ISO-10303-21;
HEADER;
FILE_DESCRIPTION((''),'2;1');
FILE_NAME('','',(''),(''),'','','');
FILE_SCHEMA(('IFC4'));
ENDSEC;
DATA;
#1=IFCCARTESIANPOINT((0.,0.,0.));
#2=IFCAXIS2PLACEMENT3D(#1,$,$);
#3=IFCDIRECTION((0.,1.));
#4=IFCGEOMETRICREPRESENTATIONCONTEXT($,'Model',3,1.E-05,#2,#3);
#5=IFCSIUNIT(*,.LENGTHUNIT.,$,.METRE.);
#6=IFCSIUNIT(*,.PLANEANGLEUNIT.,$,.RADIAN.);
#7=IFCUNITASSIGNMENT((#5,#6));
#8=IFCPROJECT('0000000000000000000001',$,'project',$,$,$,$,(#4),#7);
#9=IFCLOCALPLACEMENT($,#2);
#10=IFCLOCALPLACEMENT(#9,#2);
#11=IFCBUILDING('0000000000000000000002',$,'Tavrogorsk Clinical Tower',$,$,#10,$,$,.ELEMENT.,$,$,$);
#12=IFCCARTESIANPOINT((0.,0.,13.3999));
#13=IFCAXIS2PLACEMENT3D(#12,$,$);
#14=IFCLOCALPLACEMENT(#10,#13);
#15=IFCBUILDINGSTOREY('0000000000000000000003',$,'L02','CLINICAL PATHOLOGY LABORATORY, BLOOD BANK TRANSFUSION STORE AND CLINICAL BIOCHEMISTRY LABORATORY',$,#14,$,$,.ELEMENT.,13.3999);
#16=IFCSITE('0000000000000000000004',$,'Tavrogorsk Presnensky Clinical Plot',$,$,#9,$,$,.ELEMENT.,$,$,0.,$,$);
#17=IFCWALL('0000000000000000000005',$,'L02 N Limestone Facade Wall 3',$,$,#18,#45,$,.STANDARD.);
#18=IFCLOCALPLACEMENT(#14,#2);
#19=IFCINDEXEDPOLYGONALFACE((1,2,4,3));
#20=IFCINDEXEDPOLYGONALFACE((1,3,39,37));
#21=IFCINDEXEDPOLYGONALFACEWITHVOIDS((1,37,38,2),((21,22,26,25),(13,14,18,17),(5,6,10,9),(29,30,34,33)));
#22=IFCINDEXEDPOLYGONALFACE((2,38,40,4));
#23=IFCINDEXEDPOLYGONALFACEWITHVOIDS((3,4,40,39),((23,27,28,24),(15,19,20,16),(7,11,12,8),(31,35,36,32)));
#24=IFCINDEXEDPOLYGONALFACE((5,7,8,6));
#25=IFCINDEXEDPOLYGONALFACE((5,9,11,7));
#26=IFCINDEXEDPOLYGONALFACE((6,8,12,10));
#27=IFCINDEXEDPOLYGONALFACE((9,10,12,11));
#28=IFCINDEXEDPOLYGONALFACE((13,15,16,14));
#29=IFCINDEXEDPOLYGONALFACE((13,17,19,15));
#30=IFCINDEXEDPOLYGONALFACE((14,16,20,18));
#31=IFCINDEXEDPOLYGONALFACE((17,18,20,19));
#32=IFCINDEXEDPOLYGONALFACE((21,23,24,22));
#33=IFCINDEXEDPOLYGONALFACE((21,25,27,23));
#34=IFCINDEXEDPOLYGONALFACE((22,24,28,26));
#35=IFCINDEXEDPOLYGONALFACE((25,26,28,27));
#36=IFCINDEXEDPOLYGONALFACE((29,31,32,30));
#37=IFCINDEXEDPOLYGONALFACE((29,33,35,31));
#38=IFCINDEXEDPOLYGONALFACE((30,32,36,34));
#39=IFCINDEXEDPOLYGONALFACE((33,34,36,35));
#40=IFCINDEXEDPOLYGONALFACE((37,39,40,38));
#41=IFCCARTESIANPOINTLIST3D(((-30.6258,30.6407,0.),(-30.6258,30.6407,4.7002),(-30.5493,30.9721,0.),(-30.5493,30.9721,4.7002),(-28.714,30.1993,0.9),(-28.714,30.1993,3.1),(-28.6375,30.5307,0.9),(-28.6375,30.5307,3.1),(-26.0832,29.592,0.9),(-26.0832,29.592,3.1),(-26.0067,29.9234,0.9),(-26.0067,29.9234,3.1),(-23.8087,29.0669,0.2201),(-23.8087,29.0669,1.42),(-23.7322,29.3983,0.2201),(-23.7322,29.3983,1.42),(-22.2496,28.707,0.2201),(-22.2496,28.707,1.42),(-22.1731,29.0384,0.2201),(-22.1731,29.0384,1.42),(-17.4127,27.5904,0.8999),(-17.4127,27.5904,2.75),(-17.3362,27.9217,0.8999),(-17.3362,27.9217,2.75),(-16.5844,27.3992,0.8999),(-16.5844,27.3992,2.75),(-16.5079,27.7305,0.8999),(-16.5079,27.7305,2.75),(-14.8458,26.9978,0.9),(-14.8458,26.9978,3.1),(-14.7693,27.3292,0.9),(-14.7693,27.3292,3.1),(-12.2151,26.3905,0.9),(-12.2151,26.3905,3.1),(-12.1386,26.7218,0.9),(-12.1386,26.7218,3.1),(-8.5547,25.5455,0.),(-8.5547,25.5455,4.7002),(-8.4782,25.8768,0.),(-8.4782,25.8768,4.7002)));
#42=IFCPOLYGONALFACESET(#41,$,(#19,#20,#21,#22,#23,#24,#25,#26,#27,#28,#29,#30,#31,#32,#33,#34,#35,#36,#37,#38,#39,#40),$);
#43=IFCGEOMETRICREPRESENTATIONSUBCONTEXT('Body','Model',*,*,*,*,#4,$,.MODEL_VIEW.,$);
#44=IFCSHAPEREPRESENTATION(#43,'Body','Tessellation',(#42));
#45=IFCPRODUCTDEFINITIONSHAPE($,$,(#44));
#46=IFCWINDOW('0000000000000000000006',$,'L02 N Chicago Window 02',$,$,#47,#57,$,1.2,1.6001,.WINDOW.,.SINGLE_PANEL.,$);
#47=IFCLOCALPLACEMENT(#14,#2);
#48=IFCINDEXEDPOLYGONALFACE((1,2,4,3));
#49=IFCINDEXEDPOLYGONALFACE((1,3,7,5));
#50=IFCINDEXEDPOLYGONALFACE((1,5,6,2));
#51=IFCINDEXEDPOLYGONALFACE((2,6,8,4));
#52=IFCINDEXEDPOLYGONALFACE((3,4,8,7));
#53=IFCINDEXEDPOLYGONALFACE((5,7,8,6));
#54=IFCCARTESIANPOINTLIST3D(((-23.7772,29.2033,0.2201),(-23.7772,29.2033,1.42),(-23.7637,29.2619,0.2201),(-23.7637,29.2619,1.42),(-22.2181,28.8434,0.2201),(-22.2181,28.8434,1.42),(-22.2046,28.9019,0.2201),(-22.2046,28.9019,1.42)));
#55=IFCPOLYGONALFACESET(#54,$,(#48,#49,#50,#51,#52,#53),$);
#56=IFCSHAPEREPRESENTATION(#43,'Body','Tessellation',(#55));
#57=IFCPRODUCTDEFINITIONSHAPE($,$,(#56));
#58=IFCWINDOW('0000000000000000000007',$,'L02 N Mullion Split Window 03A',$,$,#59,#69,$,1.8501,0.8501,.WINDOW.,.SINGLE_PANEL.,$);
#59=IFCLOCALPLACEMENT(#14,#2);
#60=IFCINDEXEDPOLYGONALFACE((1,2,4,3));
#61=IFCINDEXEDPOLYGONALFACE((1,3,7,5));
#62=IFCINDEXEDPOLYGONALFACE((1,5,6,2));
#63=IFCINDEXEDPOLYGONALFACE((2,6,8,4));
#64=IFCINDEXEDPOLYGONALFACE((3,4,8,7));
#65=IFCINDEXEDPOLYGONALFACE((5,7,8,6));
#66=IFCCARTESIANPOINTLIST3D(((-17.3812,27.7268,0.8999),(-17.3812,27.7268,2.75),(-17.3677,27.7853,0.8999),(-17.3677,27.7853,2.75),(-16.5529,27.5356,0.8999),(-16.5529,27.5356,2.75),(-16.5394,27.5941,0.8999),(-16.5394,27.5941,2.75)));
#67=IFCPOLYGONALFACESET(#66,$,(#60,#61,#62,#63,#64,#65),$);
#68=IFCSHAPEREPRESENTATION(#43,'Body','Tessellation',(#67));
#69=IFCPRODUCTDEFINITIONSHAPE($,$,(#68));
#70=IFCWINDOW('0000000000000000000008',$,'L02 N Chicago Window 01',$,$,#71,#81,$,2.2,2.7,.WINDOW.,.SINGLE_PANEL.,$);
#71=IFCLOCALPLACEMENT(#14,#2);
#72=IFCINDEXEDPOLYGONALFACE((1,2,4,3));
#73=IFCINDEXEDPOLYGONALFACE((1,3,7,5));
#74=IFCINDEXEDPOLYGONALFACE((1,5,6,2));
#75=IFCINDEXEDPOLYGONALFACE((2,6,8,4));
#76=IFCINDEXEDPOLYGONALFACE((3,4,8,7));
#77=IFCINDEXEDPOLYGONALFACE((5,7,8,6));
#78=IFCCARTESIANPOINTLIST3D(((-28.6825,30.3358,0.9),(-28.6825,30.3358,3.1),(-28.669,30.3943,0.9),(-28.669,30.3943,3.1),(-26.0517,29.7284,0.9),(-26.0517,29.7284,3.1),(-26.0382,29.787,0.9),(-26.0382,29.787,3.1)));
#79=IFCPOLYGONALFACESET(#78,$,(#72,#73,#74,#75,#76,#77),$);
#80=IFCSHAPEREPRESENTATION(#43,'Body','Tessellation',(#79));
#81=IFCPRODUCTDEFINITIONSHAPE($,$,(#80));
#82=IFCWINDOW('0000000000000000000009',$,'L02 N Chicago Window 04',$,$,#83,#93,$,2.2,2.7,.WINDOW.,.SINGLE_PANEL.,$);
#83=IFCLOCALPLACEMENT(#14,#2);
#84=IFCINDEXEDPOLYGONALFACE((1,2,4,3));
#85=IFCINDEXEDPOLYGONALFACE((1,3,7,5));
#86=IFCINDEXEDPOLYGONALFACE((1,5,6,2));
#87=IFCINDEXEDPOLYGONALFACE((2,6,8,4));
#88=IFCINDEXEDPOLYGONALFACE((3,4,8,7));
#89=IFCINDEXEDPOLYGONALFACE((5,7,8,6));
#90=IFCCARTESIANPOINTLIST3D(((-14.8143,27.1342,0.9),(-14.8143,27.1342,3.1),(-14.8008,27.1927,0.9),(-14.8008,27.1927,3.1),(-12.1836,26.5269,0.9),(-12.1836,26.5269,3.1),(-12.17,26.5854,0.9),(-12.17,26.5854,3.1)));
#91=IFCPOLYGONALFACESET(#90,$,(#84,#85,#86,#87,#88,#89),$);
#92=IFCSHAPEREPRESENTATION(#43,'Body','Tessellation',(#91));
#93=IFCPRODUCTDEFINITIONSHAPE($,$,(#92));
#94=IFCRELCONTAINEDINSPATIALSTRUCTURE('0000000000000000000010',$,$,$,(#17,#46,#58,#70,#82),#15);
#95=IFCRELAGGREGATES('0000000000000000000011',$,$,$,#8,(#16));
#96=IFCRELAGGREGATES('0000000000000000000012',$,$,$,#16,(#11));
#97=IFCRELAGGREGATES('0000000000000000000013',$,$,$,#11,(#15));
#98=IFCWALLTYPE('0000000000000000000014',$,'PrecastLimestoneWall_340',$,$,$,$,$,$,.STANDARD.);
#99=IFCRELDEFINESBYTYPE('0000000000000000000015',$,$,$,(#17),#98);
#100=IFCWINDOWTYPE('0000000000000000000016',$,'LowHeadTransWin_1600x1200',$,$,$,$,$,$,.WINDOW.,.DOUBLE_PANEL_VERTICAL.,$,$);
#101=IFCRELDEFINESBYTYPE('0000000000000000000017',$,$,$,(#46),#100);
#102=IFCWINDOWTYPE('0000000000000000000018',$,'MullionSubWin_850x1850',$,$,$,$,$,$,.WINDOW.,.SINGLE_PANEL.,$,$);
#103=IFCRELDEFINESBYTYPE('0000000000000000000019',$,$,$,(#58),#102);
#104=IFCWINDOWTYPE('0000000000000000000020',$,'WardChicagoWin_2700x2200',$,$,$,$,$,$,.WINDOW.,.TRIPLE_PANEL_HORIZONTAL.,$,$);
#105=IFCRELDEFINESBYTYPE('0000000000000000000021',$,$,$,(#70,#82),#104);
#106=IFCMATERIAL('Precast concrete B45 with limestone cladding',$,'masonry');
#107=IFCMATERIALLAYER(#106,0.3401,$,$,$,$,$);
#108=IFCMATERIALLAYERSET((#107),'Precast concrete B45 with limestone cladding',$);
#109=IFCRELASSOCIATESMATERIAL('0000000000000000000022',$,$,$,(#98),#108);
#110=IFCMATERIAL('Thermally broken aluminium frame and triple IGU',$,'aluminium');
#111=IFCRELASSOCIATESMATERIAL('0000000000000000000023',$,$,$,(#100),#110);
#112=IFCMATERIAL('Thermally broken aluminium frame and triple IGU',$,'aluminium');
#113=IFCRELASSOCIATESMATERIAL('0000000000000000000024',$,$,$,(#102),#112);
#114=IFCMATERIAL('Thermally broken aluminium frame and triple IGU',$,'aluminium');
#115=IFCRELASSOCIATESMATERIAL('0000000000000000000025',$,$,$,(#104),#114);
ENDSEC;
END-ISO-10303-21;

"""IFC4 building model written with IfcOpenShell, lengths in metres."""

from ifc_helpers import new_model, si_unit, direction, frame, frame_2d, origin, place, context, subcontext, project, spatial, rectangle, extrude, material, layer, layer_set, type_object, element, fill, save


model = new_model("IFC4")

# Units and contexts
model_context = context("Model", 3, precision=1e-05, world=origin(), true_north=direction((0.0, 1.0)))
body_context = subcontext(model_context, "Body", "Model", "MODEL_VIEW")
ifc_project = project(units=[si_unit("LENGTHUNIT", "METRE"), si_unit("PLANEANGLEUNIT", "RADIAN")], contexts=[model_context])

# Site, building, storey
site_placement = place(None, origin())
site = spatial("IfcSite", under=ifc_project, at=site_placement, Name="Tavrogorsk Presnensky Clinical Plot", CompositionType="ELEMENT", RefElevation=0.0)
building_placement = place(site_placement, origin())
building = spatial("IfcBuilding", under=site, at=building_placement, Name="Tavrogorsk Clinical Tower", CompositionType="ELEMENT")
storey_placement = place(building_placement, frame((0.0, 0.0, 13.3999)))
storey = spatial("IfcBuildingStorey", under=building, at=storey_placement, Name="L02", Description="CLINICAL PATHOLOGY LABORATORY, BLOOD BANK TRANSFUSION STORE AND CLINICAL BIOCHEMISTRY LABORATORY", CompositionType="ELEMENT", Elevation=13.3999)

# Wall, openings, windows
ifc_material_1 = material(Name="Precast concrete B45 with limestone cladding", Category="masonry")
ifc_layer_1 = layer(ifc_material_1, 0.3401)
ifc_layer_set_1 = layer_set([ifc_layer_1], Name="Precast concrete B45 with limestone cladding")
wall_type_1 = type_object("IfcWallType", Name="PrecastLimestoneWall_340", PredefinedType="STANDARD", material=ifc_layer_set_1)
wall_1_placement = place(storey_placement, frame((-8.5166, 25.7112, 0.0), z_axis=(0.0, 0.0, 1.0), x_axis=(-0.974373, 0.224939, 0.0)))
wall_1 = element("IfcWall", 1, at=wall_1_placement, inside=storey, type_object=wall_type_1, Name="L02 N Limestone Facade Wall 3", PredefinedType="STANDARD", context=body_context, shape_type="SweptSolid", body=[
    extrude(rectangle(XDim=22.6516, YDim=0.3401, at=frame_2d((11.3257, 0.0))), origin(), (0.0, 0.0, 1.0), 4.7002),
])
opening_1_placement = place(wall_1_placement, frame((17.9893, 0.0, 0.8999)))
opening_1 = element("IfcOpeningElement", 2, at=opening_1_placement, cuts=wall_1, PredefinedType="OPENING", context=body_context, shape_type="SweptSolid", body=[
    extrude(rectangle(XDim=2.7, YDim=2.2, at=frame_2d((1.3501, 1.1001))), frame((0.0, 0.1799, 0.0), z_axis=(0.0, -1.0, 0.0), x_axis=(1.0, 0.0, 0.0)), (0.0, 0.0, 1.0), 0.3601),
])
opening_2_placement = place(wall_1_placement, frame((14.0549, 0.0, 0.22)))
opening_2 = element("IfcOpeningElement", 3, at=opening_2_placement, cuts=wall_1, PredefinedType="OPENING", context=body_context, shape_type="SweptSolid", body=[
    extrude(rectangle(XDim=1.6001, YDim=1.2, at=frame_2d((0.8, 0.6001))), frame((0.0, 0.1799, 0.0), z_axis=(0.0, -1.0, 0.0), x_axis=(1.0, 0.0, 0.0)), (0.0, 0.0, 1.0), 0.3601),
])
opening_3_placement = place(wall_1_placement, frame((8.2407, 0.0, 0.8999)))
opening_3 = element("IfcOpeningElement", 4, at=opening_3_placement, cuts=wall_1, PredefinedType="OPENING", context=body_context, shape_type="SweptSolid", body=[
    extrude(rectangle(XDim=0.8501, YDim=1.8501, at=frame_2d((0.425, 0.925))), frame((0.0, 0.1799, 0.0), z_axis=(0.0, -1.0, 0.0), x_axis=(1.0, 0.0, 0.0)), (0.0, 0.0, 1.0), 0.3601),
])
opening_4_placement = place(wall_1_placement, frame((3.7563, 0.0, 0.8999)))
opening_4 = element("IfcOpeningElement", 5, at=opening_4_placement, cuts=wall_1, PredefinedType="OPENING", context=body_context, shape_type="SweptSolid", body=[
    extrude(rectangle(XDim=2.7, YDim=2.2, at=frame_2d((1.3501, 1.1001))), frame((0.0, 0.1799, 0.0), z_axis=(0.0, -1.0, 0.0), x_axis=(1.0, 0.0, 0.0)), (0.0, 0.0, 1.0), 0.3601),
])
ifc_material_2 = material(Name="Thermally broken aluminium frame and triple IGU", Category="aluminium")
window_type_1 = type_object("IfcWindowType", Name="LowHeadTransWin_1600x1200", PartitioningType="DOUBLE_PANEL_VERTICAL", PredefinedType="WINDOW", material=ifc_material_2)
window_1_placement = place(opening_2_placement, origin())
window_1 = element("IfcWindow", 6, at=window_1_placement, inside=storey, type_object=window_type_1, Name="L02 N Chicago Window 02", OverallHeight=1.2, OverallWidth=1.6001, PartitioningType="SINGLE_PANEL", PredefinedType="WINDOW", context=body_context, shape_type="SweptSolid", body=[
    extrude(rectangle(XDim=1.6001, YDim=1.2, at=frame_2d((0.8, 0.6001))), frame((0.0, 0.03, 0.0), z_axis=(0.0, -1.0, 0.0), x_axis=(1.0, 0.0, 0.0)), (0.0, 0.0, 1.0), 0.0601),
])
fill(opening_2, window_1)
ifc_material_3 = material(Name="Thermally broken aluminium frame and triple IGU", Category="aluminium")
window_type_2 = type_object("IfcWindowType", Name="MullionSubWin_850x1850", PartitioningType="SINGLE_PANEL", PredefinedType="WINDOW", material=ifc_material_3)
window_2_placement = place(opening_3_placement, origin())
window_2 = element("IfcWindow", 7, at=window_2_placement, inside=storey, type_object=window_type_2, Name="L02 N Mullion Split Window 03A", OverallHeight=1.8501, OverallWidth=0.8501, PartitioningType="SINGLE_PANEL", PredefinedType="WINDOW", context=body_context, shape_type="SweptSolid", body=[
    extrude(rectangle(XDim=0.8501, YDim=1.8501, at=frame_2d((0.425, 0.925))), frame((0.0, 0.03, 0.0), z_axis=(0.0, -1.0, 0.0), x_axis=(1.0, 0.0, 0.0)), (0.0, 0.0, 1.0), 0.0601),
])
fill(opening_3, window_2)
ifc_material_4 = material(Name="Thermally broken aluminium frame and triple IGU", Category="aluminium")
window_type_3 = type_object("IfcWindowType", Name="WardChicagoWin_2700x2200", PartitioningType="TRIPLE_PANEL_HORIZONTAL", PredefinedType="WINDOW", material=ifc_material_4)
window_3_placement = place(opening_1_placement, origin())
window_3 = element("IfcWindow", 8, at=window_3_placement, inside=storey, type_object=window_type_3, Name="L02 N Chicago Window 01", OverallHeight=2.2, OverallWidth=2.7, PartitioningType="SINGLE_PANEL", PredefinedType="WINDOW", context=body_context, shape_type="SweptSolid", body=[
    extrude(rectangle(XDim=2.7, YDim=2.2, at=frame_2d((1.3501, 1.1001))), frame((0.0, 0.03, 0.0), z_axis=(0.0, -1.0, 0.0), x_axis=(1.0, 0.0, 0.0)), (0.0, 0.0, 1.0), 0.0601),
])
fill(opening_1, window_3)
window_4_placement = place(opening_4_placement, origin())
window_4 = element("IfcWindow", 9, at=window_4_placement, inside=storey, type_object=window_type_3, Name="L02 N Chicago Window 04", OverallHeight=2.2, OverallWidth=2.7, PartitioningType="SINGLE_PANEL", PredefinedType="WINDOW", context=body_context, shape_type="SweptSolid", body=[
    extrude(rectangle(XDim=2.7, YDim=2.2, at=frame_2d((1.3501, 1.1001))), frame((0.0, 0.03, 0.0), z_axis=(0.0, -1.0, 0.0), x_axis=(1.0, 0.0, 0.0)), (0.0, 0.0, 1.0), 0.0601),
])
fill(opening_4, window_4)

save(model, "model.ifc")
